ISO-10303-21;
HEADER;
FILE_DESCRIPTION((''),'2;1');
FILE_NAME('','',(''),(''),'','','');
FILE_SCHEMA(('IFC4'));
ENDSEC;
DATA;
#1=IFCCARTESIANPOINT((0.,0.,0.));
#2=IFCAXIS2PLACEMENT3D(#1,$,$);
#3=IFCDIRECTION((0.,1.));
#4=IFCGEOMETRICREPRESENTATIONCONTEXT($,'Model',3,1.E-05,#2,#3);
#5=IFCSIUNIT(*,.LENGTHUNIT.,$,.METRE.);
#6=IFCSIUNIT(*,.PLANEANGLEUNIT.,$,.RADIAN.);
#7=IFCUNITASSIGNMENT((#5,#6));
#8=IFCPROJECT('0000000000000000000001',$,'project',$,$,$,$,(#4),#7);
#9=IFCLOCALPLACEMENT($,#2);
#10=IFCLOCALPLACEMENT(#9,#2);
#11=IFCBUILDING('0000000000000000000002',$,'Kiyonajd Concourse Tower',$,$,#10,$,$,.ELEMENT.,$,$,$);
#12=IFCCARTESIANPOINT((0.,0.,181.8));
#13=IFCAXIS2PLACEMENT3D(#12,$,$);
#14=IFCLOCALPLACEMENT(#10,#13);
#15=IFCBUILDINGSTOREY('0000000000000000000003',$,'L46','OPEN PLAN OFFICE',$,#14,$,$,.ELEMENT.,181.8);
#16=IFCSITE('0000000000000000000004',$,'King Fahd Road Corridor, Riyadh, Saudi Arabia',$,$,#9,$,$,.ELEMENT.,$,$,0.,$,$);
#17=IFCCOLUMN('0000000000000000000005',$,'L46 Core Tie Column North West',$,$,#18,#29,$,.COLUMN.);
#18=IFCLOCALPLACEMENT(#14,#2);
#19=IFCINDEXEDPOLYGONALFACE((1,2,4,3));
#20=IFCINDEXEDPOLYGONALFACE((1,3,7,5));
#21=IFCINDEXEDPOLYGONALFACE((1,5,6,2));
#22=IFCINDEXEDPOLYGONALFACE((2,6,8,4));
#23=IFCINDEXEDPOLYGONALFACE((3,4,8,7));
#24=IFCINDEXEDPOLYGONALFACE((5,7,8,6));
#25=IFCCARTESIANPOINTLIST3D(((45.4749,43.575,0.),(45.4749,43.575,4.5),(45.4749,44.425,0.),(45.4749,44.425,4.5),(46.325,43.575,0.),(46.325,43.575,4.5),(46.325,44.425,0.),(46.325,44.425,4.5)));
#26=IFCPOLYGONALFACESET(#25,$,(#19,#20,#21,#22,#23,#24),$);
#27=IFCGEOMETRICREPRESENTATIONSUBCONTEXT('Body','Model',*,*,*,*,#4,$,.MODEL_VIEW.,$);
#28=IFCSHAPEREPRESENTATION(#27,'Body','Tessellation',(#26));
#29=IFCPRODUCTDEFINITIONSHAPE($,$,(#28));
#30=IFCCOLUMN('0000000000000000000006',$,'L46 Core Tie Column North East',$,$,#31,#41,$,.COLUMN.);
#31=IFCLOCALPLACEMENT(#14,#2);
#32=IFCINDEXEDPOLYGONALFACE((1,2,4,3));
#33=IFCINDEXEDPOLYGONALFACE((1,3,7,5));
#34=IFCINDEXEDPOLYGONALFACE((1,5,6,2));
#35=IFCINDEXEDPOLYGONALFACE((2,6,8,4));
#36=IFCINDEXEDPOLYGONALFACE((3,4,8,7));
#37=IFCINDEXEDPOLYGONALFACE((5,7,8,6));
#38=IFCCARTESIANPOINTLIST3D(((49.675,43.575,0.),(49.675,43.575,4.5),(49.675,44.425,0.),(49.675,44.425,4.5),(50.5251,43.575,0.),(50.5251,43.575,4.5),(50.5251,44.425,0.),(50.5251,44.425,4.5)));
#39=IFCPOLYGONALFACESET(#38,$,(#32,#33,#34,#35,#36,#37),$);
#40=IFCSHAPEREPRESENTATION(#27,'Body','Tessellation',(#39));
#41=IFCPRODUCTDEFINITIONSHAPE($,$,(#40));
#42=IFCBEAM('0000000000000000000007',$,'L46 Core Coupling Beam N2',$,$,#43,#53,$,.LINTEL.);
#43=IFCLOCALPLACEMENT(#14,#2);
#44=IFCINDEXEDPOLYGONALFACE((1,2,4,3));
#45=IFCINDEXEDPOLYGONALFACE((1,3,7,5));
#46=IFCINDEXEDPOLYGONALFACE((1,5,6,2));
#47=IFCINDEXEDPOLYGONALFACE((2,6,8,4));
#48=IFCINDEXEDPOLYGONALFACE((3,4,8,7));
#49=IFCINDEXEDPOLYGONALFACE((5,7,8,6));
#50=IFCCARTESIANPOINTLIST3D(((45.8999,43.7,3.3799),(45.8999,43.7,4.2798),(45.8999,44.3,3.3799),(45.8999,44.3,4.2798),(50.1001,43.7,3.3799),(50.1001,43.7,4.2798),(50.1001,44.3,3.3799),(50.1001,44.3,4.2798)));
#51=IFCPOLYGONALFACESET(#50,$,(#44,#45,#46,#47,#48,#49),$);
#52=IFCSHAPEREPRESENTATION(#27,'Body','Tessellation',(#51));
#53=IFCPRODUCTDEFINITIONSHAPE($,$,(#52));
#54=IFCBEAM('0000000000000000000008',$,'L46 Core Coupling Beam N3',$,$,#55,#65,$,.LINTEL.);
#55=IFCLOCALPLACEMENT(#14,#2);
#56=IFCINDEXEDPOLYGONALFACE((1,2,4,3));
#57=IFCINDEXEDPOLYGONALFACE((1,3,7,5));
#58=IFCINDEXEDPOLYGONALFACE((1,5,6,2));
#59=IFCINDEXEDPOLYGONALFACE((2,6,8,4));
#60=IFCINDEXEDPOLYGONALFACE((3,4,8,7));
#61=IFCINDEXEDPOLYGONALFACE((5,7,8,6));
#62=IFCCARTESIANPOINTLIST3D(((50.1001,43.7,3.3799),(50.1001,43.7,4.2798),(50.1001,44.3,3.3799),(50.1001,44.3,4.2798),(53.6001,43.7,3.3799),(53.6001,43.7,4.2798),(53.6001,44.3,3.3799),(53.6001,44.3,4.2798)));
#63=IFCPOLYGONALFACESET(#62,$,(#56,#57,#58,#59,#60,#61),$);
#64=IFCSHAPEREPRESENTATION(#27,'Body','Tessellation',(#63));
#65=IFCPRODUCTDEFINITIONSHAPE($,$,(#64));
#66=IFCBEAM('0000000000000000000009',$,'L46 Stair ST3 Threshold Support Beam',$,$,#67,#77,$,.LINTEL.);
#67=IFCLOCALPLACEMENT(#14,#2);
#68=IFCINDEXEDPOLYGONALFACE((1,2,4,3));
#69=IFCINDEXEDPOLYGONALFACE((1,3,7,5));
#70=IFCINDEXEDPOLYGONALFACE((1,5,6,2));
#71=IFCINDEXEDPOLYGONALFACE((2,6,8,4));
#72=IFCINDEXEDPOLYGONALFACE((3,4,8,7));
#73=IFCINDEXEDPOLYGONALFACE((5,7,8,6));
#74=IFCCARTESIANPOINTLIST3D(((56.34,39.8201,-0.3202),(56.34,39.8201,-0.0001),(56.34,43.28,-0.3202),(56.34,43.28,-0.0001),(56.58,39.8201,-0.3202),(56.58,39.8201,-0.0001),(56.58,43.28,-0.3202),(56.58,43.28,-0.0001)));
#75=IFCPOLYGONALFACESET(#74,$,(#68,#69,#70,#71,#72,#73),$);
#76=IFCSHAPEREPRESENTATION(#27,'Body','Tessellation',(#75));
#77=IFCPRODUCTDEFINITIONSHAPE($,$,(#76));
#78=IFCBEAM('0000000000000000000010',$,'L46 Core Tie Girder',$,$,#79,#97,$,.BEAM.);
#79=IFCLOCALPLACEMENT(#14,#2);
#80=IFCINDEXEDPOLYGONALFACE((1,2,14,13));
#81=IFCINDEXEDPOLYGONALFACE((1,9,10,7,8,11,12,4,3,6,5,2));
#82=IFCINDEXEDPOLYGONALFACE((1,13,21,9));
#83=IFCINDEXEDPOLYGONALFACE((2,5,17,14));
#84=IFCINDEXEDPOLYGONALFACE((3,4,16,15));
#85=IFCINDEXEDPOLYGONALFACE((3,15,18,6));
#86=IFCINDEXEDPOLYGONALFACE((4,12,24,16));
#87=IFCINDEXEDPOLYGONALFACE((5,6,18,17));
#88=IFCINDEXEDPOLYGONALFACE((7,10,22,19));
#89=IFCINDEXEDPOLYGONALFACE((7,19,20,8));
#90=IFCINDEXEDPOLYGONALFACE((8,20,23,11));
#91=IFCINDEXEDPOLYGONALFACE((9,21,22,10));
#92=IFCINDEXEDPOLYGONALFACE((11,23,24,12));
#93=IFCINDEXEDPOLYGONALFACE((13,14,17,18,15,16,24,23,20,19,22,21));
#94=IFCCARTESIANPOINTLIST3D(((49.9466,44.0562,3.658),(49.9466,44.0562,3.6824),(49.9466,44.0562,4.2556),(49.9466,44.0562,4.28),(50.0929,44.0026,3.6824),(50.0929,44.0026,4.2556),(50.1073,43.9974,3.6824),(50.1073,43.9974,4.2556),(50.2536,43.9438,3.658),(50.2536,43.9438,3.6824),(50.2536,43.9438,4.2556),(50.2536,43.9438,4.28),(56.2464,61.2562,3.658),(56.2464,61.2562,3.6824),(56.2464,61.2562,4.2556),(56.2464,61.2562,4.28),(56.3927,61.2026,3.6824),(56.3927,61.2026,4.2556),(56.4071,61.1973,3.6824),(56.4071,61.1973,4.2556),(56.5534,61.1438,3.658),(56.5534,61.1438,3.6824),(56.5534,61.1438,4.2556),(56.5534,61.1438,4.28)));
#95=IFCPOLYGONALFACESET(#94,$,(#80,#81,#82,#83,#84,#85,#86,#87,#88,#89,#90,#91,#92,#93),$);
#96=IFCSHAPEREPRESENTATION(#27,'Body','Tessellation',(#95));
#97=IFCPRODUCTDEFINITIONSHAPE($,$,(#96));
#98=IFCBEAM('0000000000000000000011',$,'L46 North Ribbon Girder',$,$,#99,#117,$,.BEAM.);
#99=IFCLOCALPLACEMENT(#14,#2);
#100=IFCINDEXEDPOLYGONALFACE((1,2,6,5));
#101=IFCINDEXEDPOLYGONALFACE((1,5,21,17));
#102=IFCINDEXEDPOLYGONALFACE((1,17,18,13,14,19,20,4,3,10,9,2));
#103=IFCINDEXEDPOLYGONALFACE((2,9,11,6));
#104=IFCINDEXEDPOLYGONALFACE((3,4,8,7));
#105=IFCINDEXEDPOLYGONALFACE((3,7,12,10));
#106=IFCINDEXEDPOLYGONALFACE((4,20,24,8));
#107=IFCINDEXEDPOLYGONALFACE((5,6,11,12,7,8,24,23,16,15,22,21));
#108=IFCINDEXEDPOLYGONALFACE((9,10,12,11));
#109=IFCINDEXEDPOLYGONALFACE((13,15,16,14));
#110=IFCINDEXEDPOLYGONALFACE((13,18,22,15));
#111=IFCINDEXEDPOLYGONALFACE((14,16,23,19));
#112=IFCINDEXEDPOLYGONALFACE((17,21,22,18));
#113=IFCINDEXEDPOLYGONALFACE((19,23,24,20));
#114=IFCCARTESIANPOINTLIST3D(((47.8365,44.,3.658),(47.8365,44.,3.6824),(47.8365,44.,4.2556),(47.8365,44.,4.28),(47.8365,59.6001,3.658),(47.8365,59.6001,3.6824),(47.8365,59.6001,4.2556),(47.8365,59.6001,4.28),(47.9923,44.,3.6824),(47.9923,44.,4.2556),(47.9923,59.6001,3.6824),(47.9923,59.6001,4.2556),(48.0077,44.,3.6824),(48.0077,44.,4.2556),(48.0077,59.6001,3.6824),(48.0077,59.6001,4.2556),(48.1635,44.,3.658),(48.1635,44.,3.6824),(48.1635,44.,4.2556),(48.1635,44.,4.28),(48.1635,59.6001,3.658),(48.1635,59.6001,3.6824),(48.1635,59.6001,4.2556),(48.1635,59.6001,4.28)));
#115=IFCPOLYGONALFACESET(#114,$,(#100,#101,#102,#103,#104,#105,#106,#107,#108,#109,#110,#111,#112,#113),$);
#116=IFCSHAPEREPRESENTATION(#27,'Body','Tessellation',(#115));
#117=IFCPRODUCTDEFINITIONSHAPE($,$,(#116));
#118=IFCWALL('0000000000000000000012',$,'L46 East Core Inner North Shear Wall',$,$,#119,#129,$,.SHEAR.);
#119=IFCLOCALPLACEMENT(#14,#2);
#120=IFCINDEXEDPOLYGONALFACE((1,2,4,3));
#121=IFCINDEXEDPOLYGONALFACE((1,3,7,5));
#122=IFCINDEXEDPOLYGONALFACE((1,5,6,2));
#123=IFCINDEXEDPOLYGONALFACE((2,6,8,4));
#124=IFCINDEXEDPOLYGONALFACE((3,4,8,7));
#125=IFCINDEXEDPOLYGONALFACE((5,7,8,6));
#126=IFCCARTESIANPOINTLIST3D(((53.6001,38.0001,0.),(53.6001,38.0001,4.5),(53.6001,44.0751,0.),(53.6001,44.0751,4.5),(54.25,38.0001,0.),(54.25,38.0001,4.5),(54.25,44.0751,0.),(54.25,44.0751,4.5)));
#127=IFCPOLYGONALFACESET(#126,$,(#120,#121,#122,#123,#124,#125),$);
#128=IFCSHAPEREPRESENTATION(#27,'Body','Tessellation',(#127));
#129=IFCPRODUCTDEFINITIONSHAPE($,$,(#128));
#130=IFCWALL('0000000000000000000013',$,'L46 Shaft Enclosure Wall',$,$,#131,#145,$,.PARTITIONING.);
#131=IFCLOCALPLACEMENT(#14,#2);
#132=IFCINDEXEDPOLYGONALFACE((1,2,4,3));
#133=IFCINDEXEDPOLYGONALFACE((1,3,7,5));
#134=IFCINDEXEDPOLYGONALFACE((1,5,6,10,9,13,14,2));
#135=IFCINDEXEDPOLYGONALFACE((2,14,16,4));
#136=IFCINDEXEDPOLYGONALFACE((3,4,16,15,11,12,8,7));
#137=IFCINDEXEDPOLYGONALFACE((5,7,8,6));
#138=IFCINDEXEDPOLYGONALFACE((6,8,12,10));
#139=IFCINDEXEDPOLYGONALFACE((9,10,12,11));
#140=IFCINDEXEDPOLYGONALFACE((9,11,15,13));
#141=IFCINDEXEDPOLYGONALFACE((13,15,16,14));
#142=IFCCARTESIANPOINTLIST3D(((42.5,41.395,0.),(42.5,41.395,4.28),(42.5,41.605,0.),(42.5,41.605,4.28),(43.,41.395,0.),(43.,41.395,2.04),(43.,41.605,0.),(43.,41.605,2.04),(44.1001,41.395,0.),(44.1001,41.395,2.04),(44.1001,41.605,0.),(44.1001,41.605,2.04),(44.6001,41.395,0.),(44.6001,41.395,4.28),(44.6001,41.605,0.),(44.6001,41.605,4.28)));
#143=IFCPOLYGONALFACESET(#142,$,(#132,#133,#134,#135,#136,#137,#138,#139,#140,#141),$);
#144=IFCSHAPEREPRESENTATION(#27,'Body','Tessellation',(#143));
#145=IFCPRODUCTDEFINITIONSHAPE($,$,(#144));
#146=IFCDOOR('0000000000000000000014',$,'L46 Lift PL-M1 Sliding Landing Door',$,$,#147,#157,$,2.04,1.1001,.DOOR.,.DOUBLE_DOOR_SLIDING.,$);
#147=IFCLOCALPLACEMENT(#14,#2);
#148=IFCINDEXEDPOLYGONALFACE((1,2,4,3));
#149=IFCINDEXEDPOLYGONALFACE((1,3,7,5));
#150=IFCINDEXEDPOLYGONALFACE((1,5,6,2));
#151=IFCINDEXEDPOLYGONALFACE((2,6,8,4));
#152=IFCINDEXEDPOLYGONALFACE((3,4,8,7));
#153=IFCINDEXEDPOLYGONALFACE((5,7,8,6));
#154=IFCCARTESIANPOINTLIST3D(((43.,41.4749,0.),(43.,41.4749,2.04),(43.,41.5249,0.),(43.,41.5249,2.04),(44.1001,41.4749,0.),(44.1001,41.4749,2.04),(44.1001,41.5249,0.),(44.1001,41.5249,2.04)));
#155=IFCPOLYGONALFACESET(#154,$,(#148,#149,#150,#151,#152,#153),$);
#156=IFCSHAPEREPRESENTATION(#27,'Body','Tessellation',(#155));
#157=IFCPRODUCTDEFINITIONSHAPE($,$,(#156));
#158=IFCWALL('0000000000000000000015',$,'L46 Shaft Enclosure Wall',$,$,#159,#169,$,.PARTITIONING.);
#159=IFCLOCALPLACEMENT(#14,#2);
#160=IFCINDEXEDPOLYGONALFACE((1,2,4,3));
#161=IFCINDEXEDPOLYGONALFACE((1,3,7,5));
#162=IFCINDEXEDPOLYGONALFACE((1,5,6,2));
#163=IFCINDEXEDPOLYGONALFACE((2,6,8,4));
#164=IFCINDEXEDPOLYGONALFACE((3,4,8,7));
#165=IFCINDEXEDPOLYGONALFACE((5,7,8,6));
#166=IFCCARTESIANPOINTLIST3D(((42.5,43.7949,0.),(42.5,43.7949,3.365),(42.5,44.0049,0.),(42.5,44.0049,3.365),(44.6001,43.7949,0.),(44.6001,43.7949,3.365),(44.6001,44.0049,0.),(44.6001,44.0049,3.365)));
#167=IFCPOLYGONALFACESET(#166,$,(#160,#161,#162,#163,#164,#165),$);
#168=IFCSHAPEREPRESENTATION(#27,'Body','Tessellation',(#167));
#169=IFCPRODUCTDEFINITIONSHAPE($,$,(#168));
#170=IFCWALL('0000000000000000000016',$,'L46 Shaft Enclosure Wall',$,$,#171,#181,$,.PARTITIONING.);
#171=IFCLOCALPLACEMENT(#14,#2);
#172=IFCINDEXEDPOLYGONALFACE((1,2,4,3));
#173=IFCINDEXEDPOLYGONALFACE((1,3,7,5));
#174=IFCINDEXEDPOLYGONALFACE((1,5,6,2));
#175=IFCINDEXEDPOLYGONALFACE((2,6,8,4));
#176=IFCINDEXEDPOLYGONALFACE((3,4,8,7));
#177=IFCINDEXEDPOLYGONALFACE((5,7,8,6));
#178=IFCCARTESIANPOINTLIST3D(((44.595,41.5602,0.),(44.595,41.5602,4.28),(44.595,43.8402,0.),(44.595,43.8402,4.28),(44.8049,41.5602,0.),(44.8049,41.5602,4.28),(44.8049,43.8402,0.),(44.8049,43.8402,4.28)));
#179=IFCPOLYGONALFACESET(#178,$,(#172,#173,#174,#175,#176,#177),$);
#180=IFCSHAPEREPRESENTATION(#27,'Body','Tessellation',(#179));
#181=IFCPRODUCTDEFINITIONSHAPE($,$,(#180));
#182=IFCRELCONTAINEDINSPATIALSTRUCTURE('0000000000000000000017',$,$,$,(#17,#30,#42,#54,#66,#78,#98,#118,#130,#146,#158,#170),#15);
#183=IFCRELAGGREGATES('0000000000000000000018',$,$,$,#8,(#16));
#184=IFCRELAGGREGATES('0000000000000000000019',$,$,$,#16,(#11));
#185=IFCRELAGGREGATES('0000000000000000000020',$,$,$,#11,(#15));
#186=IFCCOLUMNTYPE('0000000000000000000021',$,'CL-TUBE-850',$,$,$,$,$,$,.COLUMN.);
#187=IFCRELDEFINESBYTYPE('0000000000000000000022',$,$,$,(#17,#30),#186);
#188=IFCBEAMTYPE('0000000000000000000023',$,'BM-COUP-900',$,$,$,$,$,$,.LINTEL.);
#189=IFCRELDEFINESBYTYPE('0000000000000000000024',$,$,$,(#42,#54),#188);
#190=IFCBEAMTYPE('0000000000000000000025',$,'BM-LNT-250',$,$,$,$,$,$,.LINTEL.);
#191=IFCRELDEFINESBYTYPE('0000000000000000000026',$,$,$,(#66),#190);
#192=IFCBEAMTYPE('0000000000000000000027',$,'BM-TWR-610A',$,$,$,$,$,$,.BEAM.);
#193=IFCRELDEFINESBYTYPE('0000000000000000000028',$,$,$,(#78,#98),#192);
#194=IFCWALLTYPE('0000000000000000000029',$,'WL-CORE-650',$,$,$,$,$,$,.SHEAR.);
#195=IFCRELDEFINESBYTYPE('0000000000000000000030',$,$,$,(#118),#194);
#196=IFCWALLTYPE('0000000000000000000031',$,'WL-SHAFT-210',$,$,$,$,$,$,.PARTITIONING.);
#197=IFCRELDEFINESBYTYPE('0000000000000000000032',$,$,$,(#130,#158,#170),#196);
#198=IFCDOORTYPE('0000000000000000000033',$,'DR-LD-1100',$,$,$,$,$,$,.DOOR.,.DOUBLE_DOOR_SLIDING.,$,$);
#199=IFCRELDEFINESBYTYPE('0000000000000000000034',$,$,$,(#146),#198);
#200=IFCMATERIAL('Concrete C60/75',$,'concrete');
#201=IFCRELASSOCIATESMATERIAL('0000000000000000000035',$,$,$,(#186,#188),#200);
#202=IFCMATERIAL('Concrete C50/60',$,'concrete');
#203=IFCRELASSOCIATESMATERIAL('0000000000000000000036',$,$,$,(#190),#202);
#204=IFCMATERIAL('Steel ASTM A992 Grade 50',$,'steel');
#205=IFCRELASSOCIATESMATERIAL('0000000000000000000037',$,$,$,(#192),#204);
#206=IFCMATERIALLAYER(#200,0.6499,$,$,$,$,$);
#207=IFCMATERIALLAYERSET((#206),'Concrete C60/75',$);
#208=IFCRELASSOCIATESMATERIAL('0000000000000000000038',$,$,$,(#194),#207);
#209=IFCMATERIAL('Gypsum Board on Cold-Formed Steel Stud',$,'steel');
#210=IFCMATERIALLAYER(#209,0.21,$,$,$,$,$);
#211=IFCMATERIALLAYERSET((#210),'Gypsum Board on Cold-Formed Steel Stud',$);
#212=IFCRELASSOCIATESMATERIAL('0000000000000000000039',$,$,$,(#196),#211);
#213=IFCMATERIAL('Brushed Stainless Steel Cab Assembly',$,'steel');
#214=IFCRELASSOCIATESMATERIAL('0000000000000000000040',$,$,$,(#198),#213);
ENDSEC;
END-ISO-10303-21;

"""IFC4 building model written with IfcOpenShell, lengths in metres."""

from ifc_helpers import new_model, si_unit, direction, frame, frame_2d, origin, origin_2d, place, context, subcontext, project, spatial, rectangle, i_section, extrude, material, layer, layer_set, material_profile, profile_set, type_object, element, fill, save


model = new_model("IFC4")

# Units and contexts
model_context = context("Model", 3, precision=1e-05, world=origin(), true_north=direction((0.0, 1.0)))
body_context = subcontext(model_context, "Body", "Model", "MODEL_VIEW")
ifc_project = project(units=[si_unit("LENGTHUNIT", "METRE"), si_unit("PLANEANGLEUNIT", "RADIAN")], contexts=[model_context])

# Site, building, storey
site_placement = place(None, origin())
site = spatial("IfcSite", under=ifc_project, at=site_placement, Name="King Fahd Road Corridor, Riyadh, Saudi Arabia", CompositionType="ELEMENT", RefElevation=0.0)
building_placement = place(site_placement, origin())
building = spatial("IfcBuilding", under=site, at=building_placement, Name="Kiyonajd Concourse Tower", CompositionType="ELEMENT")
storey_placement = place(building_placement, frame((0.0, 0.0, 181.8)))
storey = spatial("IfcBuildingStorey", under=building, at=storey_placement, Name="L46", Description="OPEN PLAN OFFICE", CompositionType="ELEMENT", Elevation=181.8)

# Columns
ifc_material_1 = material(Name="Concrete C60/75", Category="concrete")
ifc_material_profile_1 = material_profile(ifc_material_1, rectangle(XDim=0.8501, YDim=0.8501, at=origin_2d()), Name="RC-850x850")
ifc_profile_set_1 = profile_set([ifc_material_profile_1], Name="Concrete C60/75")
column_type = type_object("IfcColumnType", Name="CL-TUBE-850", PredefinedType="COLUMN", material=ifc_profile_set_1)
for number, where, z_axis, x_axis, name in (
    (1, (45.8999, 44.0, 0.0), (0.0, 0.0, 1.0), (1.0, 0.0, 0.0), "L46 Core Tie Column North West"),
    (2, (50.1001, 44.0, 0.0), (0.0, 0.0, 1.0), (1.0, 0.0, 0.0), "L46 Core Tie Column North East"),
):
    element("IfcColumn", number, at=place(storey_placement, frame(where, z_axis=z_axis, x_axis=x_axis)), inside=storey, type_object=column_type, Name=name, PredefinedType="COLUMN", context=body_context, shape_type="SweptSolid", body=[
        extrude(rectangle(XDim=0.8501, YDim=0.8501, at=origin_2d()), origin(), (0.0, 0.0, 1.0), 4.5),
    ])

# Beams
ifc_material_profile_2 = material_profile(ifc_material_1, rectangle(XDim=0.6001, YDim=0.8999, at=origin_2d()), Name="RCBM-600x900")
ifc_profile_set_2 = profile_set([ifc_material_profile_2], Name="Concrete C60/75")
beam_type_1 = type_object("IfcBeamType", Name="BM-COUP-900", PredefinedType="LINTEL", material=ifc_profile_set_2)
beam_1_placement = place(storey_placement, frame((45.8999, 44.0, 3.8298), z_axis=(1.0, 0.0, 0.0), x_axis=(0.0, 1.0, 0.0)))
element("IfcBeam", 3, at=beam_1_placement, inside=storey, type_object=beam_type_1, Name="L46 Core Coupling Beam N2", PredefinedType="LINTEL", context=body_context, shape_type="SweptSolid", body=[
    extrude(rectangle(XDim=0.6001, YDim=0.8999, at=origin_2d()), origin(), (0.0, 0.0, 1.0), 4.2002),
])
beam_2_placement = place(storey_placement, frame((50.1001, 44.0, 3.8298), z_axis=(1.0, 0.0, 0.0), x_axis=(0.0, 1.0, 0.0)))
element("IfcBeam", 4, at=beam_2_placement, inside=storey, type_object=beam_type_1, Name="L46 Core Coupling Beam N3", PredefinedType="LINTEL", context=body_context, shape_type="SweptSolid", body=[
    extrude(rectangle(XDim=0.6001, YDim=0.8999, at=origin_2d()), origin(), (0.0, 0.0, 1.0), 3.5),
])
ifc_material_2 = material(Name="Concrete C50/60", Category="concrete")
ifc_material_profile_3 = material_profile(ifc_material_2, rectangle(XDim=0.24, YDim=0.3201, at=origin_2d()), Name="RCBM-240x320")
ifc_profile_set_3 = profile_set([ifc_material_profile_3], Name="Concrete C50/60")
beam_type_2 = type_object("IfcBeamType", Name="BM-LNT-250", PredefinedType="LINTEL", material=ifc_profile_set_3)
beam_3_placement = place(storey_placement, frame((56.46, 39.8201, -0.1602), z_axis=(0.0, 1.0, 0.0), x_axis=(-1.0, 0.0, 0.0)))
element("IfcBeam", 5, at=beam_3_placement, inside=storey, type_object=beam_type_2, Name="L46 Stair ST3 Threshold Support Beam", PredefinedType="LINTEL", context=body_context, shape_type="SweptSolid", body=[
    extrude(rectangle(XDim=0.24, YDim=0.3201, at=origin_2d()), origin(), (0.0, 0.0, 1.0), 3.46),
])
ifc_material_3 = material(Name="Steel ASTM A992 Grade 50", Category="steel")
ifc_material_profile_4 = material_profile(ifc_material_3, i_section(OverallWidth=0.3269, OverallDepth=0.6221, WebThickness=0.0154, FlangeThickness=0.0244, at=origin_2d()), Name="W610X195")
ifc_profile_set_4 = profile_set([ifc_material_profile_4], Name="Steel ASTM A992 Grade 50")
beam_type_3 = type_object("IfcBeamType", Name="BM-TWR-610A", PredefinedType="BEAM", material=ifc_profile_set_4)
beam_4_placement = place(storey_placement, frame((50.1001, 44.0, 3.969), z_axis=(0.343925, 0.938997, 0.0), x_axis=(-0.938997, 0.343925, 0.0)))
element("IfcBeam", 6, at=beam_4_placement, inside=storey, type_object=beam_type_3, Name="L46 Core Tie Girder", PredefinedType="BEAM", context=body_context, shape_type="SweptSolid", body=[
    extrude(i_section(OverallWidth=0.3269, OverallDepth=0.6221, WebThickness=0.0154, FlangeThickness=0.0244, at=origin_2d()), origin(), (0.0, 0.0, 1.0), 18.3174),
])
beam_5_placement = place(storey_placement, frame((48.0, 44.0, 3.969), z_axis=(0.0, 1.0, 0.0), x_axis=(-1.0, 0.0, 0.0)))
element("IfcBeam", 7, at=beam_5_placement, inside=storey, type_object=beam_type_3, Name="L46 North Ribbon Girder", PredefinedType="BEAM", context=body_context, shape_type="SweptSolid", body=[
    extrude(i_section(OverallWidth=0.3269, OverallDepth=0.6221, WebThickness=0.0154, FlangeThickness=0.0244, at=origin_2d()), origin(), (0.0, 0.0, 1.0), 15.6001),
])

# Wall
ifc_layer_1 = layer(ifc_material_1, 0.6499)
ifc_layer_set_1 = layer_set([ifc_layer_1], Name="Concrete C60/75")
wall_type_1 = type_object("IfcWallType", Name="WL-CORE-650", PredefinedType="SHEAR", material=ifc_layer_set_1)
wall_1_placement = place(storey_placement, frame((53.925, 38.0, 0.0), z_axis=(0.0, 0.0, 1.0), x_axis=(0.0, 1.0, 0.0)))
element("IfcWall", 8, at=wall_1_placement, inside=storey, type_object=wall_type_1, Name="L46 East Core Inner North Shear Wall", PredefinedType="SHEAR", context=body_context, shape_type="SweptSolid", body=[
    extrude(rectangle(XDim=6.075, YDim=0.6499, at=frame_2d((3.0376, 0.0))), origin(), (0.0, 0.0, 1.0), 4.5),
])

# Wall, opening, door
ifc_material_4 = material(Name="Gypsum Board on Cold-Formed Steel Stud", Category="steel")
ifc_layer_2 = layer(ifc_material_4, 0.21)
ifc_layer_set_2 = layer_set([ifc_layer_2], Name="Gypsum Board on Cold-Formed Steel Stud")
wall_type_2 = type_object("IfcWallType", Name="WL-SHAFT-210", PredefinedType="PARTITIONING", material=ifc_layer_set_2)
wall_2_placement = place(storey_placement, frame((42.5, 41.5, 0.0), z_axis=(0.0, 0.0, 1.0), x_axis=(1.0, 0.0, 0.0)))
wall_2 = element("IfcWall", 9, at=wall_2_placement, inside=storey, type_object=wall_type_2, Name="L46 Shaft Enclosure Wall", PredefinedType="PARTITIONING", context=body_context, shape_type="SweptSolid", body=[
    extrude(rectangle(XDim=2.1001, YDim=0.21, at=frame_2d((1.05, 0.0))), origin(), (0.0, 0.0, 1.0), 4.28),
])
opening_1_placement = place(wall_2_placement, frame((0.5, 0.0, 0.0)))
opening_1 = element("IfcOpeningElement", 10, at=opening_1_placement, cuts=wall_2, PredefinedType="OPENING", context=body_context, shape_type="SweptSolid", body=[
    extrude(rectangle(XDim=1.1001, YDim=2.04, at=frame_2d((0.55, 1.02))), frame((0.0, 0.115, 0.0), z_axis=(0.0, -1.0, 0.0), x_axis=(1.0, 0.0, 0.0)), (0.0, 0.0, 1.0), 0.23),
])
ifc_material_5 = material(Name="Brushed Stainless Steel Cab Assembly", Category="steel")
door_type_1 = type_object("IfcDoorType", Name="DR-LD-1100", OperationType="DOUBLE_DOOR_SLIDING", PredefinedType="DOOR", material=ifc_material_5)
door_1_placement = place(opening_1_placement, origin())
door_1 = element("IfcDoor", 11, at=door_1_placement, inside=storey, type_object=door_type_1, Name="L46 Lift PL-M1 Sliding Landing Door", OperationType="DOUBLE_DOOR_SLIDING", OverallHeight=2.04, OverallWidth=1.1001, PredefinedType="DOOR", context=body_context, shape_type="SweptSolid", body=[
    extrude(rectangle(XDim=1.1001, YDim=2.04, at=frame_2d((0.55, 1.02))), frame((0.0, 0.0249, 0.0), z_axis=(0.0, -1.0, 0.0), x_axis=(1.0, 0.0, 0.0)), (0.0, 0.0, 1.0), 0.05),
])
fill(opening_1, door_1)

# Walls
wall_3_placement = place(storey_placement, frame((42.5, 43.8999, 0.0), z_axis=(0.0, 0.0, 1.0), x_axis=(1.0, 0.0, 0.0)))
element("IfcWall", 12, at=wall_3_placement, inside=storey, type_object=wall_type_2, Name="L46 Shaft Enclosure Wall", PredefinedType="PARTITIONING", context=body_context, shape_type="SweptSolid", body=[
    extrude(rectangle(XDim=2.1001, YDim=0.21, at=frame_2d((1.05, 0.0))), origin(), (0.0, 0.0, 1.0), 3.365),
])
wall_4_placement = place(storey_placement, frame((44.7, 41.5601, 0.0), z_axis=(0.0, 0.0, 1.0), x_axis=(0.0, 1.0, 0.0)))
element("IfcWall", 13, at=wall_4_placement, inside=storey, type_object=wall_type_2, Name="L46 Shaft Enclosure Wall", PredefinedType="PARTITIONING", context=body_context, shape_type="SweptSolid", body=[
    extrude(rectangle(XDim=2.28, YDim=0.21, at=frame_2d((1.1401, 0.0))), origin(), (0.0, 0.0, 1.0), 4.28),
])

save(model, "model.ifc")
